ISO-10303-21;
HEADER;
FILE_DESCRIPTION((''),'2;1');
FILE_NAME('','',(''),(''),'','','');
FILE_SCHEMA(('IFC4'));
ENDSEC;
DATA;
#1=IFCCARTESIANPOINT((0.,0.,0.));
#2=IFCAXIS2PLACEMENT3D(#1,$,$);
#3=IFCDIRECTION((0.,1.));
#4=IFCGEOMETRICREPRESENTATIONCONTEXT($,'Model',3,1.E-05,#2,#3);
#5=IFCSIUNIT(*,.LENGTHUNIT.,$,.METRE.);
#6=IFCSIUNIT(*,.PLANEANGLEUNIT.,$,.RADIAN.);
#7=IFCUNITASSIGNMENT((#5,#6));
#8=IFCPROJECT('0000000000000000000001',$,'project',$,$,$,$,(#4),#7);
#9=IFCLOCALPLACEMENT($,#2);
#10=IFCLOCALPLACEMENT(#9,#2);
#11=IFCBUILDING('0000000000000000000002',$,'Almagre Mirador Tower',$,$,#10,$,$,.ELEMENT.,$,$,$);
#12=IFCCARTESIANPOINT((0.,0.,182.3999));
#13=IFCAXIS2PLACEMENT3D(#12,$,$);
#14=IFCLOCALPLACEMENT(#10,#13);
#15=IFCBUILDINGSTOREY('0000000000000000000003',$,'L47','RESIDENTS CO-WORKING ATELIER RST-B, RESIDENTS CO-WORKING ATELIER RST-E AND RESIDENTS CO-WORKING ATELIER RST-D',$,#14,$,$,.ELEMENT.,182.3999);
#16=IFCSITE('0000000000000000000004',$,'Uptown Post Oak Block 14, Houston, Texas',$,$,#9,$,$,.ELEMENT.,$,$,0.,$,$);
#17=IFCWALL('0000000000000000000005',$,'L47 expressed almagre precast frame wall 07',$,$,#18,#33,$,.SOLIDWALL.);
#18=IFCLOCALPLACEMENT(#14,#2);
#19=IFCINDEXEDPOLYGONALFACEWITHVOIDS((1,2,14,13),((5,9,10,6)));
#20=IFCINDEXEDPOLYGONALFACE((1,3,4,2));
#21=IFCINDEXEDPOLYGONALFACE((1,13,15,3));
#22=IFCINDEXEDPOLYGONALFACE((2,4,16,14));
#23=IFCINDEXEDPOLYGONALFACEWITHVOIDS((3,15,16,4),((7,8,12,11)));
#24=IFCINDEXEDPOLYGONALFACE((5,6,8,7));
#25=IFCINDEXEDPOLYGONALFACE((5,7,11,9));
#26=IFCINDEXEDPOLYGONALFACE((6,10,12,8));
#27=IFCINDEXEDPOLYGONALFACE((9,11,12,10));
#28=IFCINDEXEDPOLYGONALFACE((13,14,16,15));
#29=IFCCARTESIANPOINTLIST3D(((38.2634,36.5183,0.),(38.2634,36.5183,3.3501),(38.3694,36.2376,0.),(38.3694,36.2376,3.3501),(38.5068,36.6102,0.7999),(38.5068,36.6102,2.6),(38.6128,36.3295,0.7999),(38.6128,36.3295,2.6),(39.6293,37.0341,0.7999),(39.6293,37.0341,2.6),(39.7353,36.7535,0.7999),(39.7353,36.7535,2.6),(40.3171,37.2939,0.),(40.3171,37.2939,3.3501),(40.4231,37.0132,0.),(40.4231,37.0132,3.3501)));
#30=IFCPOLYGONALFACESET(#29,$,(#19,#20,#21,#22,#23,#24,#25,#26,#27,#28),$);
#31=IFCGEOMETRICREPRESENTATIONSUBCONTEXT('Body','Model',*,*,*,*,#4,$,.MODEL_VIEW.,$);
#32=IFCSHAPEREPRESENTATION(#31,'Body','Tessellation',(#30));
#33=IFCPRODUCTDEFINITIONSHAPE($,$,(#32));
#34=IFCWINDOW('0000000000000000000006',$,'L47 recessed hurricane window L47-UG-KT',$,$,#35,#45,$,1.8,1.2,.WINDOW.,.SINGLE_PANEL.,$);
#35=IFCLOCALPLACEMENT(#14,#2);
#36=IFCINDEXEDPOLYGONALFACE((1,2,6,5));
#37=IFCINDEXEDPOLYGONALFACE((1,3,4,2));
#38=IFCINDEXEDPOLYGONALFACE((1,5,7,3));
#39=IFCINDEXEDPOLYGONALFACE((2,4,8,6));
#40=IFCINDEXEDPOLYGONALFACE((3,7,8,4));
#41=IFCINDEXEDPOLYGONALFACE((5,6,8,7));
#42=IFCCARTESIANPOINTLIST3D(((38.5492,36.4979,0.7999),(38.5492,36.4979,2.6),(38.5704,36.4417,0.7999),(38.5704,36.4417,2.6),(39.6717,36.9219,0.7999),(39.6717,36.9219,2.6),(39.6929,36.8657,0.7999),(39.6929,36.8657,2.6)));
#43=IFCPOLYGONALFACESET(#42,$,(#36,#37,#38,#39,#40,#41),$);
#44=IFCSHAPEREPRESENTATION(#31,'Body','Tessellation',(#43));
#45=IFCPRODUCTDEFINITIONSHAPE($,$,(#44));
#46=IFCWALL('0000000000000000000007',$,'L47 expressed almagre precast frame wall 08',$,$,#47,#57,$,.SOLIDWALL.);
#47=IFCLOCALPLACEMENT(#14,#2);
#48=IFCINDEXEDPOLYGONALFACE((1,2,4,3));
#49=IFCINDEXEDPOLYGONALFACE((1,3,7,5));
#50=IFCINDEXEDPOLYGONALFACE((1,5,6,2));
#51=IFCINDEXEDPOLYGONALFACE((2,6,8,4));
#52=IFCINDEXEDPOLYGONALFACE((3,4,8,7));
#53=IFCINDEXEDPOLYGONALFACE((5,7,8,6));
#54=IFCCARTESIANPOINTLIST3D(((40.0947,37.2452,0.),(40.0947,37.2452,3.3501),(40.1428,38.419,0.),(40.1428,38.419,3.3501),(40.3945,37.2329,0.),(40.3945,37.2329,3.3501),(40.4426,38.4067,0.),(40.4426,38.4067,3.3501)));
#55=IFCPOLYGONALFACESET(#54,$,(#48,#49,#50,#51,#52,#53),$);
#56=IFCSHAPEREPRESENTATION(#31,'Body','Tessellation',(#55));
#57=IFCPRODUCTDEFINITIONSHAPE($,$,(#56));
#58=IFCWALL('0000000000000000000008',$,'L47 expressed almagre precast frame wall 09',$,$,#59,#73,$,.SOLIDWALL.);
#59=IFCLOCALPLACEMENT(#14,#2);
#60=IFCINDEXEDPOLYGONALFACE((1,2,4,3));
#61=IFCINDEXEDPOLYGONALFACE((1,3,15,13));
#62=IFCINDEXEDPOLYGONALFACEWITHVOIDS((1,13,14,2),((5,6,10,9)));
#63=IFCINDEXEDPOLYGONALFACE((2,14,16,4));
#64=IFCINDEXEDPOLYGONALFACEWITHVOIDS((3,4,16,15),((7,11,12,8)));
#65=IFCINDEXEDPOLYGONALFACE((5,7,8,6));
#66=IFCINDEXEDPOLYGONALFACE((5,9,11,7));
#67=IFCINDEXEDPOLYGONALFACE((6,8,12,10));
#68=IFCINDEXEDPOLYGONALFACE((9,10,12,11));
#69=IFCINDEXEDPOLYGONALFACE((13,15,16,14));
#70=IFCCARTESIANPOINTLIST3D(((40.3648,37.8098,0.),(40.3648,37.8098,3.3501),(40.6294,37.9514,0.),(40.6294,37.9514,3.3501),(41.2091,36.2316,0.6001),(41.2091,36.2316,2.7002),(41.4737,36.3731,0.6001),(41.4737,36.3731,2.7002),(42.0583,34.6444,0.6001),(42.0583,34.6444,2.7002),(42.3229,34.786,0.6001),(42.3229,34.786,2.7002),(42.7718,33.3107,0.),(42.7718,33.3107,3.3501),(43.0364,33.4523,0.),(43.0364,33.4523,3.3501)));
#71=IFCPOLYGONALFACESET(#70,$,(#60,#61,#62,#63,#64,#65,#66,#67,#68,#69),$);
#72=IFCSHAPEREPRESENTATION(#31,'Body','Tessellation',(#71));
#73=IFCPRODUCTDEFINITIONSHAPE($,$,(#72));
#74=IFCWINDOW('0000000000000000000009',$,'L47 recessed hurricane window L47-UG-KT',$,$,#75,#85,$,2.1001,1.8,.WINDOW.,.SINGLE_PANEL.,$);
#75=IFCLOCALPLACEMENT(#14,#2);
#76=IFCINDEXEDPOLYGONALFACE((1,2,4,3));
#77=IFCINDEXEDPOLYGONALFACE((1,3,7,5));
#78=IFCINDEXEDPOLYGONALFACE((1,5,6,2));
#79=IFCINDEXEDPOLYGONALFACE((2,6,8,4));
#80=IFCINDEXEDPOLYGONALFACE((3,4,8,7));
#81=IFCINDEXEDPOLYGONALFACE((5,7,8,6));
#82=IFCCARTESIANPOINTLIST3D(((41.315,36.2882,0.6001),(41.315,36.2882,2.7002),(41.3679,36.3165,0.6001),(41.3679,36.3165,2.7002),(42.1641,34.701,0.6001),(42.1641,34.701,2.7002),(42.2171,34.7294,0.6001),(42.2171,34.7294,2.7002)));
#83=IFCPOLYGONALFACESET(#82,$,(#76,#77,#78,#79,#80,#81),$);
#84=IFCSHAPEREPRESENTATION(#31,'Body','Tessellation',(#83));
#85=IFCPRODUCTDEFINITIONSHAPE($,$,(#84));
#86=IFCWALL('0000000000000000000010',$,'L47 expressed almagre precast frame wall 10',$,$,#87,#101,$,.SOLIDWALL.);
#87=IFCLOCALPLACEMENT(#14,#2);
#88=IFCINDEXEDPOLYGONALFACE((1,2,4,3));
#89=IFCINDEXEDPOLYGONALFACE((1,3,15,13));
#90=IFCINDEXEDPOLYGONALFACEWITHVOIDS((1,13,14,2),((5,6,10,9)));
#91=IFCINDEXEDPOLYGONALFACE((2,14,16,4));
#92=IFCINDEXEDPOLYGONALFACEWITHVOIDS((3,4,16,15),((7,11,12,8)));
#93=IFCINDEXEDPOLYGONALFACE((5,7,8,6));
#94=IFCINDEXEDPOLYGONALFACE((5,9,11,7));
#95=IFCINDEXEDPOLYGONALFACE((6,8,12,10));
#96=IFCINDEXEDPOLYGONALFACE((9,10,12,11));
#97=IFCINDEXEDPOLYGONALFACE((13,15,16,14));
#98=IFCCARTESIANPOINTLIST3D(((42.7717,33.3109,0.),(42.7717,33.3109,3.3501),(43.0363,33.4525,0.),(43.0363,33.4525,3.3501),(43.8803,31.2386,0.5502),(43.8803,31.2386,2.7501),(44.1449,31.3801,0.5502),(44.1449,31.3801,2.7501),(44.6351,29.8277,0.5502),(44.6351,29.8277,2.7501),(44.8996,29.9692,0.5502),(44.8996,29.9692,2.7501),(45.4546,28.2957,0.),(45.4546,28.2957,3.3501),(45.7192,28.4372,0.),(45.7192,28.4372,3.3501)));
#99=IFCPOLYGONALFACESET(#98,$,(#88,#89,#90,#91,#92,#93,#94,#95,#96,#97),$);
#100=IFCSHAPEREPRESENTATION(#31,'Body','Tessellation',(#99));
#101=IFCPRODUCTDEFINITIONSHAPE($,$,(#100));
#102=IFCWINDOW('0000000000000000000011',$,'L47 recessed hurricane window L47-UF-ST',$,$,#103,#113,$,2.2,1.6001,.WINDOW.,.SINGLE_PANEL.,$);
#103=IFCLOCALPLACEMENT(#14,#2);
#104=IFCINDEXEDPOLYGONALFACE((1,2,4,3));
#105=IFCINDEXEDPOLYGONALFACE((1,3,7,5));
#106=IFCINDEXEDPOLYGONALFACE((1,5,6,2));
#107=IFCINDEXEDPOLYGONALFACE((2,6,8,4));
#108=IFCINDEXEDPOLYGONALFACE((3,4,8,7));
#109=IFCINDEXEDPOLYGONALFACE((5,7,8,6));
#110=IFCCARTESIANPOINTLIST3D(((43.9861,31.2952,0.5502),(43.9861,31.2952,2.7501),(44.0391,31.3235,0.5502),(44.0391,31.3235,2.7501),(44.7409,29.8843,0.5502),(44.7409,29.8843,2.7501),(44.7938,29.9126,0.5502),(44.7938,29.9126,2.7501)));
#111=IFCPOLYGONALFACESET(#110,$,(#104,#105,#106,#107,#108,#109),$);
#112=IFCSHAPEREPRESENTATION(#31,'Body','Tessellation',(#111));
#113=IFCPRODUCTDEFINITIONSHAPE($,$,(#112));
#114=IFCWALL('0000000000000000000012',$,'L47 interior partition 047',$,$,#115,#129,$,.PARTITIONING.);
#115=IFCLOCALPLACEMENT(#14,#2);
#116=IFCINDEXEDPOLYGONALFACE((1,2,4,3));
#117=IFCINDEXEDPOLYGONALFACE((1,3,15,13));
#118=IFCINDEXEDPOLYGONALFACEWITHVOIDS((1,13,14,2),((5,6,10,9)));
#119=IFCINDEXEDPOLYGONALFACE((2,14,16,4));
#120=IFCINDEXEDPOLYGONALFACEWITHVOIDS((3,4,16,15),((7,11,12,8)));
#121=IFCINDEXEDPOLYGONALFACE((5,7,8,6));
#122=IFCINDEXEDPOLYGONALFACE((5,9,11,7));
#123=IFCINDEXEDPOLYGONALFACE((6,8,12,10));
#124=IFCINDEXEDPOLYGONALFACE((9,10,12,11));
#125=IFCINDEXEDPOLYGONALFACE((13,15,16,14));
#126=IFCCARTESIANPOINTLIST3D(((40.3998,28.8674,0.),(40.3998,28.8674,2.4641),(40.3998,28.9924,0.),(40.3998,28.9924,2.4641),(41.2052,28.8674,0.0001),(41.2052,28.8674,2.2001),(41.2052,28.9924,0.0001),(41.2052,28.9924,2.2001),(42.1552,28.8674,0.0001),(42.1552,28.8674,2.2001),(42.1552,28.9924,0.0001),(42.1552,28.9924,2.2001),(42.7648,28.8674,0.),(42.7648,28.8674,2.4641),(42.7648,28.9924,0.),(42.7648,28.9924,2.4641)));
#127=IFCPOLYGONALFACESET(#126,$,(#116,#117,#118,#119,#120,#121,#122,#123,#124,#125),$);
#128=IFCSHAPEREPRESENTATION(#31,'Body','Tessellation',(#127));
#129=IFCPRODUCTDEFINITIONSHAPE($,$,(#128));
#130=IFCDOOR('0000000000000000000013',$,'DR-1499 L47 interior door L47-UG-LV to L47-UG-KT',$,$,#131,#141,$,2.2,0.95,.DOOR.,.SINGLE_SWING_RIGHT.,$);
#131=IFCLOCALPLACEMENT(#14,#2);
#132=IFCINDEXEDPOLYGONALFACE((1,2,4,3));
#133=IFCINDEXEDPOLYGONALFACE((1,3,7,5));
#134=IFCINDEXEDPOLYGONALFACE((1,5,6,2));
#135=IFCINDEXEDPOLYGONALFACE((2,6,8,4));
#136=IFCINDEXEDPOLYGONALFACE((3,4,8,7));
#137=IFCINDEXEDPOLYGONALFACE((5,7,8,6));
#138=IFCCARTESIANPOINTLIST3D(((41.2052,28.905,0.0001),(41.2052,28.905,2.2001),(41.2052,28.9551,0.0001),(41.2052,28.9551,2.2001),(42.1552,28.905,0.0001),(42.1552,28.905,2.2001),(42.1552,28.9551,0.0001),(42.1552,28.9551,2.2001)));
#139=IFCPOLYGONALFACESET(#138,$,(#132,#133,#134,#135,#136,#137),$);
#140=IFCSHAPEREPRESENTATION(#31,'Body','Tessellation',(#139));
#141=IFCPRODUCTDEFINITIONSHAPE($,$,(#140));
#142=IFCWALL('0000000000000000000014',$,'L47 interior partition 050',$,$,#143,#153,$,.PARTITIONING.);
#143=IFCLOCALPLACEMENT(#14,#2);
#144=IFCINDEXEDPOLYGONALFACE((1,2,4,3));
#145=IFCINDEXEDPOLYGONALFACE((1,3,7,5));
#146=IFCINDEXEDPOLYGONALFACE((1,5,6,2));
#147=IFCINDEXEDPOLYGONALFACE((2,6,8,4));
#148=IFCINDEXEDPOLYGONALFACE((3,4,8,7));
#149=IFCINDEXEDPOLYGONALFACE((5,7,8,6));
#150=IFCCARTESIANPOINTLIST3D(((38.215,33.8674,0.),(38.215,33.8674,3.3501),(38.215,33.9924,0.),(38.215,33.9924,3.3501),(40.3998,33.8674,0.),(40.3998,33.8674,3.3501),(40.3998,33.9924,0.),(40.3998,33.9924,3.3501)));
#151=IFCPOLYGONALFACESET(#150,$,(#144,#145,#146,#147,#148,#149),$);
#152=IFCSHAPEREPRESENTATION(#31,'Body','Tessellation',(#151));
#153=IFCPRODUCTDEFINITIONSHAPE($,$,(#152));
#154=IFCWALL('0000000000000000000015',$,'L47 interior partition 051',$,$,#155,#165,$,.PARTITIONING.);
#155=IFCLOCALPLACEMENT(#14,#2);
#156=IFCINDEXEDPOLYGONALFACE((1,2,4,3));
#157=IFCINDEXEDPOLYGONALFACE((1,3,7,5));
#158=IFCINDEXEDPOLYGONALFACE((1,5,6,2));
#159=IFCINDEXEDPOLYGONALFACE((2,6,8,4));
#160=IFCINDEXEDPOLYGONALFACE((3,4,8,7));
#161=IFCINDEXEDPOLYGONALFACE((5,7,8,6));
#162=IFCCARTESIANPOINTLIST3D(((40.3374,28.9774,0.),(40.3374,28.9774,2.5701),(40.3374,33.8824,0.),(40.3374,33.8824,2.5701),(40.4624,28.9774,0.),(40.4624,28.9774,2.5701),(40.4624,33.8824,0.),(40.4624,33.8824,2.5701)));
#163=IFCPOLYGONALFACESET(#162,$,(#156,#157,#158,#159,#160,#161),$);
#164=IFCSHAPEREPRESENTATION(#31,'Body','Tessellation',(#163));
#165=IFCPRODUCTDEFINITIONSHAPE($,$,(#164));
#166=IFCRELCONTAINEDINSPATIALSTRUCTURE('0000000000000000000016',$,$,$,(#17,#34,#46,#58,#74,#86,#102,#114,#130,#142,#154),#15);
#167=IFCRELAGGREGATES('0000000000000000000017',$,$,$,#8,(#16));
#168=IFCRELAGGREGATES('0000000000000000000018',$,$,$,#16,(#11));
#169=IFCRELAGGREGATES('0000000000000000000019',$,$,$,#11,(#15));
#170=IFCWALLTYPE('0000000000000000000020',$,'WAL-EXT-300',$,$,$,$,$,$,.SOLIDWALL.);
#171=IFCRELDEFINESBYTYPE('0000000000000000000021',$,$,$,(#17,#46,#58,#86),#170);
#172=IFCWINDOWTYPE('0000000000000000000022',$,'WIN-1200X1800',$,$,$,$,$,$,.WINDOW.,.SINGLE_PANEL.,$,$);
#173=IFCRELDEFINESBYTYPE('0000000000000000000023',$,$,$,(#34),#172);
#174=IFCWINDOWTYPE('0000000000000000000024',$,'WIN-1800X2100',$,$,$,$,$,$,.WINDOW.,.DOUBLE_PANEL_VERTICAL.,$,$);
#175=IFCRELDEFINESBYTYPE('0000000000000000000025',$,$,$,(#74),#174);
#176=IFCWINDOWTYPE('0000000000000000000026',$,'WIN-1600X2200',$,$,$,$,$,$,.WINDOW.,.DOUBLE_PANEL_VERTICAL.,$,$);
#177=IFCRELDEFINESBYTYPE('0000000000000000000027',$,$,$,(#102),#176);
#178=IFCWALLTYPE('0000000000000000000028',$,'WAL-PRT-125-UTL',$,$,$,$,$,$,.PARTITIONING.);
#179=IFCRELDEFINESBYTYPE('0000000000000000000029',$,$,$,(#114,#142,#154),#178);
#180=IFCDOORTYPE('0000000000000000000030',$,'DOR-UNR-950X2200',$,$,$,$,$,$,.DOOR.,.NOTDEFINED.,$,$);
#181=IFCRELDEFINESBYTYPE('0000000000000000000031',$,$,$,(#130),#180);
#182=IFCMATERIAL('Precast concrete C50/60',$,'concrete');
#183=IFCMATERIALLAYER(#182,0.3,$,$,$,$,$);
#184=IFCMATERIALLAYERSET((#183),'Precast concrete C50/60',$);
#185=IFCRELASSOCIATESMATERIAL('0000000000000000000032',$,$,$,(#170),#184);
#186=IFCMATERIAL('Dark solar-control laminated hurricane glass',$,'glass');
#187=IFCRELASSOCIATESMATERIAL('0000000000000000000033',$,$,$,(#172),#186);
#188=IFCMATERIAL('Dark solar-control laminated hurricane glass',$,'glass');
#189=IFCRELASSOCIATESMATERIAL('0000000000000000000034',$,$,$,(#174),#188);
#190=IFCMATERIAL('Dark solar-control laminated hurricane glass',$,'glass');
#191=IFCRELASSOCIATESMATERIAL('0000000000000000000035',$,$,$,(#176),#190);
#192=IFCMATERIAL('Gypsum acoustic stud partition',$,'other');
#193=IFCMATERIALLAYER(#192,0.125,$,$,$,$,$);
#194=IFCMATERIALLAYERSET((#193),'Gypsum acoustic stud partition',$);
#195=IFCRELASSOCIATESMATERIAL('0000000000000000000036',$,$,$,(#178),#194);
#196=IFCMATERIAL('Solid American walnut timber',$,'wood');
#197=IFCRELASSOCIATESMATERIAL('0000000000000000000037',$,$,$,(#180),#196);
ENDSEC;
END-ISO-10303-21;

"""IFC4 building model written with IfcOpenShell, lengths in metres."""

from ifc_helpers import new_model, si_unit, direction, frame, frame_2d, origin, place, context, subcontext, project, spatial, rectangle, extrude, material, layer, layer_set, type_object, element, fill, save


model = new_model("IFC4")

# Units and contexts
model_context = context("Model", 3, precision=1e-05, world=origin(), true_north=direction((0.0, 1.0)))
body_context = subcontext(model_context, "Body", "Model", "MODEL_VIEW")
ifc_project = project(units=[si_unit("LENGTHUNIT", "METRE"), si_unit("PLANEANGLEUNIT", "RADIAN")], contexts=[model_context])

# Site, building, storey
site_placement = place(None, origin())
site = spatial("IfcSite", under=ifc_project, at=site_placement, Name="Uptown Post Oak Block 14, Houston, Texas", CompositionType="ELEMENT", RefElevation=0.0)
building_placement = place(site_placement, origin())
building = spatial("IfcBuilding", under=site, at=building_placement, Name="Almagre Mirador Tower", CompositionType="ELEMENT")
storey_placement = place(building_placement, frame((0.0, 0.0, 182.3999)))
storey = spatial("IfcBuildingStorey", under=building, at=storey_placement, Name="L47", Description="RESIDENTS CO-WORKING ATELIER RST-B, RESIDENTS CO-WORKING ATELIER RST-E AND RESIDENTS CO-WORKING ATELIER RST-D", CompositionType="ELEMENT", Elevation=182.3999)

# Wall, opening, window
ifc_material_1 = material(Name="Precast concrete C50/60", Category="concrete")
ifc_layer_1 = layer(ifc_material_1, 0.3)
ifc_layer_set_1 = layer_set([ifc_layer_1], Name="Precast concrete C50/60")
wall_type_1 = type_object("IfcWallType", Name="WAL-EXT-300", PredefinedType="SOLIDWALL", material=ifc_layer_set_1)
wall_1_placement = place(storey_placement, frame((38.3164, 36.3779, 0.0), z_axis=(0.0, 0.0, 1.0), x_axis=(0.935504, 0.353316, 0.0)))
wall_1 = element("IfcWall", 1, at=wall_1_placement, inside=storey, type_object=wall_type_1, Name="L47 expressed almagre precast frame wall 07", PredefinedType="SOLIDWALL", context=body_context, shape_type="SweptSolid", body=[
    extrude(rectangle(XDim=2.1953, YDim=0.3, at=frame_2d((1.0977, 0.0))), origin(), (0.0, 0.0, 1.0), 3.3501),
])
opening_1_placement = place(wall_1_placement, frame((0.26, 0.0, 0.8)))
opening_1 = element("IfcOpeningElement", 2, at=opening_1_placement, cuts=wall_1, PredefinedType="OPENING", context=body_context, shape_type="SweptSolid", body=[
    extrude(rectangle(XDim=1.2, YDim=1.8, at=frame_2d((0.6001, 0.8999))), frame((0.0, 0.1599, 0.0), z_axis=(0.0, -1.0, 0.0), x_axis=(1.0, 0.0, 0.0)), (0.0, 0.0, 1.0), 0.32),
])
ifc_material_2 = material(Name="Dark solar-control laminated hurricane glass", Category="glass")
window_type_1 = type_object("IfcWindowType", Name="WIN-1200X1800", PartitioningType="SINGLE_PANEL", PredefinedType="WINDOW", material=ifc_material_2)
window_1_placement = place(opening_1_placement, origin())
window_1 = element("IfcWindow", 3, at=window_1_placement, inside=storey, type_object=window_type_1, Name="L47 recessed hurricane window L47-UG-KT", OverallHeight=1.8, OverallWidth=1.2, PartitioningType="SINGLE_PANEL", PredefinedType="WINDOW", context=body_context, shape_type="SweptSolid", body=[
    extrude(rectangle(XDim=1.2, YDim=1.8, at=frame_2d((0.6001, 0.8999))), frame((0.0, 0.03, 0.0), z_axis=(0.0, -1.0, 0.0), x_axis=(1.0, 0.0, 0.0)), (0.0, 0.0, 1.0), 0.0601),
])
fill(opening_1, window_1)

# Wall
wall_2_placement = place(storey_placement, frame((40.2446, 37.239, 0.0), z_axis=(0.0, 0.0, 1.0), x_axis=(0.040939, 0.999162, 0.0)))
element("IfcWall", 4, at=wall_2_placement, inside=storey, type_object=wall_type_1, Name="L47 expressed almagre precast frame wall 08", PredefinedType="SOLIDWALL", context=body_context, shape_type="SweptSolid", body=[
    extrude(rectangle(XDim=1.1748, YDim=0.3, at=frame_2d((0.5874, 0.0))), origin(), (0.0, 0.0, 1.0), 3.3501),
])

# Walls, openings, windows
wall_3_placement = place(storey_placement, frame((40.4971, 37.8806, 0.0), z_axis=(0.0, 0.0, 1.0), x_axis=(0.471733, -0.881742, 0.0)))
wall_3 = element("IfcWall", 5, at=wall_3_placement, inside=storey, type_object=wall_type_1, Name="L47 expressed almagre precast frame wall 09", PredefinedType="SOLIDWALL", context=body_context, shape_type="SweptSolid", body=[
    extrude(rectangle(XDim=5.1025, YDim=0.3, at=frame_2d((2.5513, 0.0))), origin(), (0.0, 0.0, 1.0), 3.3501),
])
opening_2_placement = place(wall_3_placement, frame((1.79, 0.0, 0.6001)))
opening_2 = element("IfcOpeningElement", 6, at=opening_2_placement, cuts=wall_3, PredefinedType="OPENING", context=body_context, shape_type="SweptSolid", body=[
    extrude(rectangle(XDim=1.8, YDim=2.1001, at=frame_2d((0.8999, 1.05))), frame((0.0, 0.1599, 0.0), z_axis=(0.0, -1.0, 0.0), x_axis=(1.0, 0.0, 0.0)), (0.0, 0.0, 1.0), 0.32),
])
ifc_material_3 = material(Name="Dark solar-control laminated hurricane glass", Category="glass")
window_type_2 = type_object("IfcWindowType", Name="WIN-1800X2100", PartitioningType="DOUBLE_PANEL_VERTICAL", PredefinedType="WINDOW", material=ifc_material_3)
window_2_placement = place(opening_2_placement, origin())
window_2 = element("IfcWindow", 7, at=window_2_placement, inside=storey, type_object=window_type_2, Name="L47 recessed hurricane window L47-UG-KT", OverallHeight=2.1001, OverallWidth=1.8, PartitioningType="SINGLE_PANEL", PredefinedType="WINDOW", context=body_context, shape_type="SweptSolid", body=[
    extrude(rectangle(XDim=1.8, YDim=2.1001, at=frame_2d((0.8999, 1.05))), frame((0.0, 0.03, 0.0), z_axis=(0.0, -1.0, 0.0), x_axis=(1.0, 0.0, 0.0)), (0.0, 0.0, 1.0), 0.0601),
])
fill(opening_2, window_2)
wall_4_placement = place(storey_placement, frame((42.9041, 33.3816, 0.0), z_axis=(0.0, 0.0, 1.0), x_axis=(0.4717, -0.881759, 0.0)))
wall_4 = element("IfcWall", 8, at=wall_4_placement, inside=storey, type_object=wall_type_1, Name="L47 expressed almagre precast frame wall 10", PredefinedType="SOLIDWALL", context=body_context, shape_type="SweptSolid", body=[
    extrude(rectangle(XDim=5.6877, YDim=0.3, at=frame_2d((2.8438, 0.0))), origin(), (0.0, 0.0, 1.0), 3.3501),
])
opening_3_placement = place(wall_4_placement, frame((2.3501, 0.0, 0.55)))
opening_3 = element("IfcOpeningElement", 9, at=opening_3_placement, cuts=wall_4, PredefinedType="OPENING", context=body_context, shape_type="SweptSolid", body=[
    extrude(rectangle(XDim=1.6001, YDim=2.2, at=frame_2d((0.8, 1.1001))), frame((0.0, 0.1599, 0.0), z_axis=(0.0, -1.0, 0.0), x_axis=(1.0, 0.0, 0.0)), (0.0, 0.0, 1.0), 0.32),
])
ifc_material_4 = material(Name="Dark solar-control laminated hurricane glass", Category="glass")
window_type_3 = type_object("IfcWindowType", Name="WIN-1600X2200", PartitioningType="DOUBLE_PANEL_VERTICAL", PredefinedType="WINDOW", material=ifc_material_4)
window_3_placement = place(opening_3_placement, origin())
window_3 = element("IfcWindow", 10, at=window_3_placement, inside=storey, type_object=window_type_3, Name="L47 recessed hurricane window L47-UF-ST", OverallHeight=2.2, OverallWidth=1.6001, PartitioningType="SINGLE_PANEL", PredefinedType="WINDOW", context=body_context, shape_type="SweptSolid", body=[
    extrude(rectangle(XDim=1.6001, YDim=2.2, at=frame_2d((0.8, 1.1001))), frame((0.0, 0.03, 0.0), z_axis=(0.0, -1.0, 0.0), x_axis=(1.0, 0.0, 0.0)), (0.0, 0.0, 1.0), 0.0601),
])
fill(opening_3, window_3)

# Wall, opening, door
ifc_material_5 = material(Name="Gypsum acoustic stud partition", Category="other")
ifc_layer_2 = layer(ifc_material_5, 0.125)
ifc_layer_set_2 = layer_set([ifc_layer_2], Name="Gypsum acoustic stud partition")
wall_type_2 = type_object("IfcWallType", Name="WAL-PRT-125-UTL", PredefinedType="PARTITIONING", material=ifc_layer_set_2)
wall_5_placement = place(storey_placement, frame((42.7649, 28.9299, 0.0), z_axis=(0.0, 0.0, 1.0), x_axis=(-1.0, 0.0, 0.0)))
wall_5 = element("IfcWall", 11, at=wall_5_placement, inside=storey, type_object=wall_type_2, Name="L47 interior partition 047", PredefinedType="PARTITIONING", context=body_context, shape_type="SweptSolid", body=[
    extrude(rectangle(XDim=2.365, YDim=0.125, at=frame_2d((1.1826, 0.0))), origin(), (0.0, 0.0, 1.0), 2.4641),
])
opening_4_placement = place(wall_5_placement, frame((0.6096, 0.0, 0.0)))
opening_4 = element("IfcOpeningElement", 12, at=opening_4_placement, cuts=wall_5, PredefinedType="OPENING", context=body_context, shape_type="SweptSolid", body=[
    extrude(rectangle(XDim=0.95, YDim=2.2, at=frame_2d((0.4751, 1.1001))), frame((0.0, 0.0725, 0.0), z_axis=(0.0, -1.0, 0.0), x_axis=(1.0, 0.0, 0.0)), (0.0, 0.0, 1.0), 0.145),
])
ifc_material_6 = material(Name="Solid American walnut timber", Category="wood")
door_type_1 = type_object("IfcDoorType", Name="DOR-UNR-950X2200", OperationType="NOTDEFINED", PredefinedType="DOOR", material=ifc_material_6)
door_1_placement = place(opening_4_placement, origin())
door_1 = element("IfcDoor", 13, at=door_1_placement, inside=storey, type_object=door_type_1, Name="DR-1499 L47 interior door L47-UG-LV to L47-UG-KT", OperationType="SINGLE_SWING_RIGHT", OverallHeight=2.2, OverallWidth=0.95, PredefinedType="DOOR", context=body_context, shape_type="SweptSolid", body=[
    extrude(rectangle(XDim=0.95, YDim=2.2, at=frame_2d((0.4751, 1.1001))), frame((0.0, 0.0249, 0.0), z_axis=(0.0, -1.0, 0.0), x_axis=(1.0, 0.0, 0.0)), (0.0, 0.0, 1.0), 0.05),
])
fill(opening_4, door_1)

# Walls
wall_6_placement = place(storey_placement, frame((38.2151, 33.9299, 0.0), z_axis=(0.0, 0.0, 1.0), x_axis=(1.0, 0.0, 0.0)))
element("IfcWall", 14, at=wall_6_placement, inside=storey, type_object=wall_type_2, Name="L47 interior partition 050", PredefinedType="PARTITIONING", context=body_context, shape_type="SweptSolid", body=[
    extrude(rectangle(XDim=2.1848, YDim=0.125, at=frame_2d((1.0923, 0.0))), origin(), (0.0, 0.0, 1.0), 3.3501),
])
wall_7_placement = place(storey_placement, frame((40.3999, 33.8826, 0.0), z_axis=(0.0, 0.0, 1.0), x_axis=(0.0, -1.0, 0.0)))
element("IfcWall", 15, at=wall_7_placement, inside=storey, type_object=wall_type_2, Name="L47 interior partition 051", PredefinedType="PARTITIONING", context=body_context, shape_type="SweptSolid", body=[
    extrude(rectangle(XDim=4.905, YDim=0.125, at=frame_2d((2.4526, 0.0))), origin(), (0.0, 0.0, 1.0), 2.5701),
])

save(model, "model.ifc")
